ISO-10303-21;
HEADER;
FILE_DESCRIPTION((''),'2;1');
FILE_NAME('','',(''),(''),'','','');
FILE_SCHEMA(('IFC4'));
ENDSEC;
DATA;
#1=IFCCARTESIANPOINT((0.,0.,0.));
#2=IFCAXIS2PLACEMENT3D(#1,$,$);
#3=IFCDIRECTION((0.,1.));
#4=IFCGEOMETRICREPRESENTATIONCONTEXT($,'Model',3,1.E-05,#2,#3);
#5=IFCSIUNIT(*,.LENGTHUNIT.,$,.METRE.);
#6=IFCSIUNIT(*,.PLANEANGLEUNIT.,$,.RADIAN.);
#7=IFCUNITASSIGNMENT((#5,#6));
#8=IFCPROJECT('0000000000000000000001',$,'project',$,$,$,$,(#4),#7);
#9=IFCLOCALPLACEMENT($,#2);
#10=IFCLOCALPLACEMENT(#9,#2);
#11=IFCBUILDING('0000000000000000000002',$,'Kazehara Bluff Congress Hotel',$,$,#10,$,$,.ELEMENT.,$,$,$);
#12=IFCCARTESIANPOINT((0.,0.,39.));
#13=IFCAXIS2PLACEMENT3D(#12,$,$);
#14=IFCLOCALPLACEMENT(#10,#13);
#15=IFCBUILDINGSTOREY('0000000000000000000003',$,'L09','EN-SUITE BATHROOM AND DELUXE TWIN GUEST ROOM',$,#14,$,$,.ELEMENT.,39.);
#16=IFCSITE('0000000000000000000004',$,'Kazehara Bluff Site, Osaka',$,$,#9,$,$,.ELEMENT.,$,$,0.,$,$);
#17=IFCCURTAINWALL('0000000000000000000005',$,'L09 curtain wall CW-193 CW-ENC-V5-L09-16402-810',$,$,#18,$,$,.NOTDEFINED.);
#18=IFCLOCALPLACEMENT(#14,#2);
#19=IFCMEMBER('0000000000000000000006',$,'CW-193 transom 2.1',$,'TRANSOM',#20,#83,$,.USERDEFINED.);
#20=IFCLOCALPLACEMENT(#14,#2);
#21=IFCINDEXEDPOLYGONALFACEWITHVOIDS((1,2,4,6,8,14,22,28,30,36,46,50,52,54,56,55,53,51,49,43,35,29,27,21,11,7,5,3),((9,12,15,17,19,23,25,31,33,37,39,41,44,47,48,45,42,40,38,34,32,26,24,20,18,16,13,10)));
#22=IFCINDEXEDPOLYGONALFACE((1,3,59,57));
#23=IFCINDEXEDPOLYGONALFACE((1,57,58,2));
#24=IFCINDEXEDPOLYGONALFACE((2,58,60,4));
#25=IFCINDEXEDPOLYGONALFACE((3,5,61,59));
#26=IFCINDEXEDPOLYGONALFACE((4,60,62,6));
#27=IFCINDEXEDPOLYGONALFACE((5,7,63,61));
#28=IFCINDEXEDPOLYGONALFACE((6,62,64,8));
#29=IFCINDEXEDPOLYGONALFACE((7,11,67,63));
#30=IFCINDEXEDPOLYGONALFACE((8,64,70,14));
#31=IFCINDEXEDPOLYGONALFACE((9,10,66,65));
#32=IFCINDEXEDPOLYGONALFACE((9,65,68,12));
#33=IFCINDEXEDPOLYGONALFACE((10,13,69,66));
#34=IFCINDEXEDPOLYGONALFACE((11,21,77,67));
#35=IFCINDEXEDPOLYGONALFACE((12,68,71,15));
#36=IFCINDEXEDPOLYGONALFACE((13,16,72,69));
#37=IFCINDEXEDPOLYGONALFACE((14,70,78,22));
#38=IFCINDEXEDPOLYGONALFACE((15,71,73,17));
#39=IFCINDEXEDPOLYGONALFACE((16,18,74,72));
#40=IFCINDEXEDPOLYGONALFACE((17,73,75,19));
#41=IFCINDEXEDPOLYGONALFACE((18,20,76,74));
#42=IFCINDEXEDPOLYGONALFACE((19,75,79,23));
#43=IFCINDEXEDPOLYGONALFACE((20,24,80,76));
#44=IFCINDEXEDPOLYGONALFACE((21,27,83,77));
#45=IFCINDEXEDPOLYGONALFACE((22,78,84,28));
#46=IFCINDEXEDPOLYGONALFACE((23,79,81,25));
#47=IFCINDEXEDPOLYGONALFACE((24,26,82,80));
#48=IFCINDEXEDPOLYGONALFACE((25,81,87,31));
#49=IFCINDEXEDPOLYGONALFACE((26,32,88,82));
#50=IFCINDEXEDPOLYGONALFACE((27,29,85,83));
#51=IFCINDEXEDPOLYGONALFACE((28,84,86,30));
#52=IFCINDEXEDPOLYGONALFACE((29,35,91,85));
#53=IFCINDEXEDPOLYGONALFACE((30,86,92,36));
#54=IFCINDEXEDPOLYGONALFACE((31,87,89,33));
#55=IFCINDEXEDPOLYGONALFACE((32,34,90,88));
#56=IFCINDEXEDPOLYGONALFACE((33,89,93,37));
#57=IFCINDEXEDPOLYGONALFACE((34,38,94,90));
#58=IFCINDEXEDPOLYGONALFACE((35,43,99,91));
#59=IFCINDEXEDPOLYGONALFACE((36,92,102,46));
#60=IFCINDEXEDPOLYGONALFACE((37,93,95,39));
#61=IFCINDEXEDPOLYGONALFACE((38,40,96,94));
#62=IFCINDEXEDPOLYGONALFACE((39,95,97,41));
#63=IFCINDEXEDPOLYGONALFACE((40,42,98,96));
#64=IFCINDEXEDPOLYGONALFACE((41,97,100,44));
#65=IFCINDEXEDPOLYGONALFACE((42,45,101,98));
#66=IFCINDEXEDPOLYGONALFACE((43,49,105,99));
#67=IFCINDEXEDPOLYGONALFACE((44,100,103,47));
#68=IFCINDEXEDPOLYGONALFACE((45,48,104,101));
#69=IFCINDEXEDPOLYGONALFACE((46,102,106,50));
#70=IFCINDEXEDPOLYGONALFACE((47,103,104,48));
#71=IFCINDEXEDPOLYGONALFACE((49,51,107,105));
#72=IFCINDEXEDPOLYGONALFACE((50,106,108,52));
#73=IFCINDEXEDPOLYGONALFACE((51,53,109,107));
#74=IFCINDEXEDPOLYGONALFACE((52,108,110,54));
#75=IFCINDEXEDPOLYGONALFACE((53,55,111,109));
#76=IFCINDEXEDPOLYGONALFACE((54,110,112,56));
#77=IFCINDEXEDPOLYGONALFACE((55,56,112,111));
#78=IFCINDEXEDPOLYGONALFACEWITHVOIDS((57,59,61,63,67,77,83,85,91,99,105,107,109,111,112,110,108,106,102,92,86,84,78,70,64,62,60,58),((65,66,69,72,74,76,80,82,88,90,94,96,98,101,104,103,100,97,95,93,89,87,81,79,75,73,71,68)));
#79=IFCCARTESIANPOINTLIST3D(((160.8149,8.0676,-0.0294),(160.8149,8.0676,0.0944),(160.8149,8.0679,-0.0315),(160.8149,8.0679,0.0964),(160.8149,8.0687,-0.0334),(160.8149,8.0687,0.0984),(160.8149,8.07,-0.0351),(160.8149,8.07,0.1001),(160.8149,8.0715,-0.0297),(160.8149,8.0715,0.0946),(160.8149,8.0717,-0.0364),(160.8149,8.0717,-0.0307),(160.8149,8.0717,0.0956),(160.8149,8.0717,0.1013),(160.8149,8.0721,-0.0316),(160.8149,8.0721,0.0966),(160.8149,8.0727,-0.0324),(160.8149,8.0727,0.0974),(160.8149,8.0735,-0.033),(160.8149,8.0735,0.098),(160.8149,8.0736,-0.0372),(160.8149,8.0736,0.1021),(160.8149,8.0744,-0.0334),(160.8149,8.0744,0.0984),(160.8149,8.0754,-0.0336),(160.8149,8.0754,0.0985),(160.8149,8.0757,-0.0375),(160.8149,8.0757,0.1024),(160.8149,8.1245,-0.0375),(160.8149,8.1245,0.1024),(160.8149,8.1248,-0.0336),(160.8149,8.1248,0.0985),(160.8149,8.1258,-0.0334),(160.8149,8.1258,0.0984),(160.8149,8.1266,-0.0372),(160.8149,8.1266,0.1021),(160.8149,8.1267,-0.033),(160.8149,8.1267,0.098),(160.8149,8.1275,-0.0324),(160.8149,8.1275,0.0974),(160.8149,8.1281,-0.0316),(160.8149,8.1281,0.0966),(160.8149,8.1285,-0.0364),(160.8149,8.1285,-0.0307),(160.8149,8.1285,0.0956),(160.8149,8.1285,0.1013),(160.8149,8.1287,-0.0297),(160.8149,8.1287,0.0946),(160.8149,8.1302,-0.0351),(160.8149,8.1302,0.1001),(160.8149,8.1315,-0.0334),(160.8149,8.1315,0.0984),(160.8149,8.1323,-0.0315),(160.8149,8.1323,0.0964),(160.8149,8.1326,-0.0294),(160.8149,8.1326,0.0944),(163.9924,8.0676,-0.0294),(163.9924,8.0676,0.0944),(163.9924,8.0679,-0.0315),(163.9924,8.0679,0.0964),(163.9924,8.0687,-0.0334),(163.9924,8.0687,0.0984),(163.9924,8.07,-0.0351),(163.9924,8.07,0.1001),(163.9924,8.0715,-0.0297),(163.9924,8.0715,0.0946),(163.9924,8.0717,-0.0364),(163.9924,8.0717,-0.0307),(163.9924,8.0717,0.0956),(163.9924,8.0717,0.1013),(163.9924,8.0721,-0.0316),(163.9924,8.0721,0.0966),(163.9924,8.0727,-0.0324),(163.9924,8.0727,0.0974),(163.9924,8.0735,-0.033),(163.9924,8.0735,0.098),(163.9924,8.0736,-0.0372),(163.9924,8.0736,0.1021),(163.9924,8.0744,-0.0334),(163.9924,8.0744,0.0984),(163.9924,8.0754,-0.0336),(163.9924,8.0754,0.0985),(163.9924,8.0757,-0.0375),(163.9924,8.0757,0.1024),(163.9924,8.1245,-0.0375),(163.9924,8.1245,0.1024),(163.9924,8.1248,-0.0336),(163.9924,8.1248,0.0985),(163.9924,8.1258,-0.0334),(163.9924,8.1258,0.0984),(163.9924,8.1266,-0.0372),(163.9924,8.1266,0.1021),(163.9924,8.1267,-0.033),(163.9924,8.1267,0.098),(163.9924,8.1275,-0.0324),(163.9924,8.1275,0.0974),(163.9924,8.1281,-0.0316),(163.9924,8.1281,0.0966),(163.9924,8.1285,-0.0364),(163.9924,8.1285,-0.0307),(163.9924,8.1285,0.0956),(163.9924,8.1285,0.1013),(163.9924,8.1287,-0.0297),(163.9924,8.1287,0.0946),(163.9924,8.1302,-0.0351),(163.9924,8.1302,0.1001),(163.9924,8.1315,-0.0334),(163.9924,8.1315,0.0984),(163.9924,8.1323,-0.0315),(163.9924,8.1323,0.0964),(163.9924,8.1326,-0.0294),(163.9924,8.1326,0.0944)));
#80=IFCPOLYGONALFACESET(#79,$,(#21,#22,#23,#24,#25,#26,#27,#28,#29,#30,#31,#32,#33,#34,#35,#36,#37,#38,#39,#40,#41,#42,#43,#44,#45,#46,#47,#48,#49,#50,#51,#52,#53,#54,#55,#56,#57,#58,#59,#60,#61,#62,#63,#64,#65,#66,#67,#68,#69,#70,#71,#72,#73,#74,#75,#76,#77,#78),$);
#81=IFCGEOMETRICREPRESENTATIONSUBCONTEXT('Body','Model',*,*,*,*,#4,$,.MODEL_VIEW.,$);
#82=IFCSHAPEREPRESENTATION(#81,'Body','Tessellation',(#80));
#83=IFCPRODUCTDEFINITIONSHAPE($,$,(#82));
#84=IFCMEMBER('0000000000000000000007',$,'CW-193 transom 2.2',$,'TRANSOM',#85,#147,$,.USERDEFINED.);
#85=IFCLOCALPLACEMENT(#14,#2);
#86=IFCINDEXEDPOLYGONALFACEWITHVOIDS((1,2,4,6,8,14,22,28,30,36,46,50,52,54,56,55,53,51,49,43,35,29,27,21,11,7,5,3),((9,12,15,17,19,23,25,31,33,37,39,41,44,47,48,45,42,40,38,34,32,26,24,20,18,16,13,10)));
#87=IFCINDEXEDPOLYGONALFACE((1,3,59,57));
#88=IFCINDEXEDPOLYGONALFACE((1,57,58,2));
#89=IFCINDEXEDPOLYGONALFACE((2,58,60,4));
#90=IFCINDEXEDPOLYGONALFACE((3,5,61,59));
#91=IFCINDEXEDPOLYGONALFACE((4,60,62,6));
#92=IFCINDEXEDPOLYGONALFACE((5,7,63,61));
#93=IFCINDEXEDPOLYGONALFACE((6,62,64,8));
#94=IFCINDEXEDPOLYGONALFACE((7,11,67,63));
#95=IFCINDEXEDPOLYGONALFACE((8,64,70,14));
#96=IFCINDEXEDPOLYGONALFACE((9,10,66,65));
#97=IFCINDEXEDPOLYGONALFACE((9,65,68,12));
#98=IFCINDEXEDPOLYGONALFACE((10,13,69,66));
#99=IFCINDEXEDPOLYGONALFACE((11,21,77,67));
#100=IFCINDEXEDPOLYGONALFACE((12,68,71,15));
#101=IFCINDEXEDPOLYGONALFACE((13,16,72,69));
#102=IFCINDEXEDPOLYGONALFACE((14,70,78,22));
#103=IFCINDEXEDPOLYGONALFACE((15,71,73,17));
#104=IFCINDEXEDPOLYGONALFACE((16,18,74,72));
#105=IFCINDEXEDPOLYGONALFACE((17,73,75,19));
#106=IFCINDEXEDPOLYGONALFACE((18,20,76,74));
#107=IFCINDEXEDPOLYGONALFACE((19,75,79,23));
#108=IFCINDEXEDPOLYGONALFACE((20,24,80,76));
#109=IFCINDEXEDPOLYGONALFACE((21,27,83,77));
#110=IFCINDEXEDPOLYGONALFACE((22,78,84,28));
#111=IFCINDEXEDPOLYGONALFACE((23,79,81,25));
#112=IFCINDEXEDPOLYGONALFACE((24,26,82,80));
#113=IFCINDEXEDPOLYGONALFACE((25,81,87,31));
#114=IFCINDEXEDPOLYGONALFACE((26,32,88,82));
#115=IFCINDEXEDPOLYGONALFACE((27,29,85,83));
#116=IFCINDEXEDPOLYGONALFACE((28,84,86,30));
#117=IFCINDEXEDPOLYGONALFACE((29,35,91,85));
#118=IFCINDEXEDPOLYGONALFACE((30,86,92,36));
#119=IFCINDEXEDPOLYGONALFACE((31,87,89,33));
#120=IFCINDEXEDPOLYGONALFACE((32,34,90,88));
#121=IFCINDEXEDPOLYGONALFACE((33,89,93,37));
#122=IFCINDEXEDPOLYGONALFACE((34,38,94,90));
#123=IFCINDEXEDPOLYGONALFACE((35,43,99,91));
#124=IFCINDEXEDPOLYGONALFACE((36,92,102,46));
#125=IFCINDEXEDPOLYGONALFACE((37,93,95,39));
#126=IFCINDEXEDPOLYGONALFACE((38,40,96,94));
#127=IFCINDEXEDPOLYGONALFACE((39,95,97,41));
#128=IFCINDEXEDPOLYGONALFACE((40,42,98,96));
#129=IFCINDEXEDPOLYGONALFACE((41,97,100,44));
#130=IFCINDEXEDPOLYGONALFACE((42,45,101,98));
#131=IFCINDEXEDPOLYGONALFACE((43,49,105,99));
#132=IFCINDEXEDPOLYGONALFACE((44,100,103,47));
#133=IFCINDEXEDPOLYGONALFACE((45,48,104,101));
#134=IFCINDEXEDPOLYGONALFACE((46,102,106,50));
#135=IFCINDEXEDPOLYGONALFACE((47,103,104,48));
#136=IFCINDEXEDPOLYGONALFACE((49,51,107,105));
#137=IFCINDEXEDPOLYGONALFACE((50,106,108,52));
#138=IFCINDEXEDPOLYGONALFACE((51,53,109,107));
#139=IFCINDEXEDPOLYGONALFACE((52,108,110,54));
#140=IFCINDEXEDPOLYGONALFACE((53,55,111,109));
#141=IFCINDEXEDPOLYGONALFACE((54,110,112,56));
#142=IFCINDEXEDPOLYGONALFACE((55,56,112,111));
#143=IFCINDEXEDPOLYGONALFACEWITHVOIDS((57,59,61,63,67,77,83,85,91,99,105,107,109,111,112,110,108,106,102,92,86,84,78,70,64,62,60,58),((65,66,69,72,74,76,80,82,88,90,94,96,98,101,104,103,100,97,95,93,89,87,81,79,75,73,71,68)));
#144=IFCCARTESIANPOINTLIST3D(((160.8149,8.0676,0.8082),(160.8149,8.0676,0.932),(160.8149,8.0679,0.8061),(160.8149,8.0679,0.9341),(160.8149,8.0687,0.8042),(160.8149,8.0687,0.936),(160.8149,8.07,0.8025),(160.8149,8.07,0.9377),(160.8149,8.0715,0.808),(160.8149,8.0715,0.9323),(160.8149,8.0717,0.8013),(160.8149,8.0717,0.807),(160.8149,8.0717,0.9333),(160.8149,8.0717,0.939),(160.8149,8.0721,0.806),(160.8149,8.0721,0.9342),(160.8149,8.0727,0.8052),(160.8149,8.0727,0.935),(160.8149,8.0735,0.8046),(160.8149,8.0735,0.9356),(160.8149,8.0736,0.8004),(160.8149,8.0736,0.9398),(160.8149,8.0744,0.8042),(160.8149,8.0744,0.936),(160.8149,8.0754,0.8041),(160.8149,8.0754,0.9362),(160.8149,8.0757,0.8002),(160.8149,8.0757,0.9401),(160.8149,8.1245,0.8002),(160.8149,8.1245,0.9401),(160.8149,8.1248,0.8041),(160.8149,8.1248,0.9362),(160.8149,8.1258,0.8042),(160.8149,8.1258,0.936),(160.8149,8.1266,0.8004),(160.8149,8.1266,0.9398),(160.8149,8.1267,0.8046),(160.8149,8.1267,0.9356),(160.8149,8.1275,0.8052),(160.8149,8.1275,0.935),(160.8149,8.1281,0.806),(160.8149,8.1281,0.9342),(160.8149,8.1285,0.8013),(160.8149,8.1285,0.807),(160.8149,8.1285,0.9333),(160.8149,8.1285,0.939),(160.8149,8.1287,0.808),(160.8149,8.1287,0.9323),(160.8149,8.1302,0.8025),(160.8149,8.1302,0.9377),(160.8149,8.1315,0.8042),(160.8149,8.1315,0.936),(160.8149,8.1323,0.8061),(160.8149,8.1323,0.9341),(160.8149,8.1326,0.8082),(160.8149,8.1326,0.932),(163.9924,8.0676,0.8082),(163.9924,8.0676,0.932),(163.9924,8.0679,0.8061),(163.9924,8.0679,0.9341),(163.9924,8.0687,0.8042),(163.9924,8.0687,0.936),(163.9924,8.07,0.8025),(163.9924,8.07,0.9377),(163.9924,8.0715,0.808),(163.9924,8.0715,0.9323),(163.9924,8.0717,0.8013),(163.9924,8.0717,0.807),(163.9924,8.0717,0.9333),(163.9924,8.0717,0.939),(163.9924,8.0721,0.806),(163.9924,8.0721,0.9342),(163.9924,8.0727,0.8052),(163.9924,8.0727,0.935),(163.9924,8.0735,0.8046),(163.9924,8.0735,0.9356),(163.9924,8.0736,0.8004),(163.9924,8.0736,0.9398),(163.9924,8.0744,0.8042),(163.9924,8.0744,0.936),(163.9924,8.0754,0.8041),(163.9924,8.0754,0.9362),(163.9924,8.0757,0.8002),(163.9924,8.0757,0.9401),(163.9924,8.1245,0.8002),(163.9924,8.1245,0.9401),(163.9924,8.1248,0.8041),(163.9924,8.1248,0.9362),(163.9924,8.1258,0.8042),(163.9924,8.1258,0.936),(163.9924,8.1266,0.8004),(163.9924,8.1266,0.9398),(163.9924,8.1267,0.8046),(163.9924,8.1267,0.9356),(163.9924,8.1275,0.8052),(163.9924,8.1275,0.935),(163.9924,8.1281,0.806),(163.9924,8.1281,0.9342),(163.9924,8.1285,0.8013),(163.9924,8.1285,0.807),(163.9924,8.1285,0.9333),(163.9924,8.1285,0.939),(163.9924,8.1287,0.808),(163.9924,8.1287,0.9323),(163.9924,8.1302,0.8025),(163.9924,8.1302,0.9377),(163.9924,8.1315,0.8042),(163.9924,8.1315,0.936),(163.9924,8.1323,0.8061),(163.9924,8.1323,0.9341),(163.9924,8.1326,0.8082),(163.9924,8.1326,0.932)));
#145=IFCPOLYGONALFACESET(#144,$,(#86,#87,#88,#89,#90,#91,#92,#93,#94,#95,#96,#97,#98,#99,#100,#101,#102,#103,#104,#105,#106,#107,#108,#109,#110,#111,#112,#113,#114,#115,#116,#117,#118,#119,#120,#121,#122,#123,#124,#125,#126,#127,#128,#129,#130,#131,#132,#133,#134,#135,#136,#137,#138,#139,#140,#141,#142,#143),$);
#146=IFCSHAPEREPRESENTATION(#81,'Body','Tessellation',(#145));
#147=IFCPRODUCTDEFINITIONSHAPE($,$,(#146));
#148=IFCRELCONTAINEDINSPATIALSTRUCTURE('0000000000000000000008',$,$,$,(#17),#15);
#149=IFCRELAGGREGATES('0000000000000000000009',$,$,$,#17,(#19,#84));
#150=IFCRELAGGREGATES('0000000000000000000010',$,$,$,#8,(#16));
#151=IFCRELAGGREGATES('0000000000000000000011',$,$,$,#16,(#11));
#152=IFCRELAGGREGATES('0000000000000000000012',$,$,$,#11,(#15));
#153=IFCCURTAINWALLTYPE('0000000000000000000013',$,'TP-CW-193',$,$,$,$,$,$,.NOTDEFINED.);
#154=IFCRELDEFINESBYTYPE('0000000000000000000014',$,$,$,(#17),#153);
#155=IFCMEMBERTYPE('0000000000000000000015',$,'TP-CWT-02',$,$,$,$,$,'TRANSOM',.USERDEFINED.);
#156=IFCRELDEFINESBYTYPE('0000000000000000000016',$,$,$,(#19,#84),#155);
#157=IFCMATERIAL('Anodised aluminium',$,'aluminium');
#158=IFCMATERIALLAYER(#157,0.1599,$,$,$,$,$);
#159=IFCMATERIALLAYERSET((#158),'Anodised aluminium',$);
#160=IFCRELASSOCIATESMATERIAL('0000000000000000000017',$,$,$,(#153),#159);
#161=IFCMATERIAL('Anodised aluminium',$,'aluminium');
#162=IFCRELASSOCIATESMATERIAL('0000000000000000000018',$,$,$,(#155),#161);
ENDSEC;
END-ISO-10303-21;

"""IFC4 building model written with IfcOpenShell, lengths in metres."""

from ifc_helpers import new_model, si_unit, direction, frame, origin, origin_2d, place, context, subcontext, project, spatial, hollow_rectangle, extrude, material, layer, layer_set, material_profile, profile_set, type_object, element, aggregate, save


model = new_model("IFC4")

# Units and contexts
model_context = context("Model", 3, precision=1e-05, world=origin(), true_north=direction((0.0, 1.0)))
body_context = subcontext(model_context, "Body", "Model", "MODEL_VIEW")
ifc_project = project(units=[si_unit("LENGTHUNIT", "METRE"), si_unit("PLANEANGLEUNIT", "RADIAN")], contexts=[model_context])

# Site, building, storey
site_placement = place(None, origin())
site = spatial("IfcSite", under=ifc_project, at=site_placement, Name="Kazehara Bluff Site, Osaka", CompositionType="ELEMENT", RefElevation=0.0)
building_placement = place(site_placement, origin())
building = spatial("IfcBuilding", under=site, at=building_placement, Name="Kazehara Bluff Congress Hotel", CompositionType="ELEMENT")
storey_placement = place(building_placement, frame((0.0, 0.0, 39.0)))
storey = spatial("IfcBuildingStorey", under=building, at=storey_placement, Name="L09", Description="EN-SUITE BATHROOM AND DELUXE TWIN GUEST ROOM", CompositionType="ELEMENT", Elevation=39.0)

# Curtain wall, members
ifc_material_1 = material(Name="Anodised aluminium", Category="aluminium")
ifc_layer_1 = layer(ifc_material_1, 0.1599)
ifc_layer_set_1 = layer_set([ifc_layer_1], Name="Anodised aluminium")
curtain_wall_type = type_object("IfcCurtainWallType", Name="TP-CW-193", PredefinedType="NOTDEFINED", material=ifc_layer_set_1)
curtain_wall_placement = place(storey_placement, origin())
curtain_wall = element("IfcCurtainWall", 1, at=curtain_wall_placement, inside=storey, type_object=curtain_wall_type, Name="L09 curtain wall CW-193 CW-ENC-V5-L09-16402-810", PredefinedType="NOTDEFINED")
ifc_material_2 = material(Name="Anodised aluminium", Category="aluminium")
ifc_material_profile_1 = material_profile(ifc_material_2, hollow_rectangle(XDim=0.0649, YDim=0.1399, WallThickness=0.0039, InnerFilletRadius=0.0039, OuterFilletRadius=0.0081, at=origin_2d()))
ifc_profile_set_1 = profile_set([ifc_material_profile_1], Name="Anodised aluminium")
member_type_1 = type_object("IfcMemberType", Name="TP-CWT-02", ElementType="TRANSOM", PredefinedType="USERDEFINED", material=ifc_profile_set_1)
member_1_placement = place(storey_placement, frame((163.9924, 8.1001, 0.0325), z_axis=(-1.0, 0.0, 0.0), x_axis=(0.0, -1.0, 0.0)))
member_1 = element("IfcMember", 2, at=member_1_placement, type_object=member_type_1, Name="CW-193 transom 2.1", ObjectType="TRANSOM", PredefinedType="USERDEFINED", context=body_context, shape_type="SweptSolid", body=[
    extrude(hollow_rectangle(XDim=0.0649, YDim=0.1399, WallThickness=0.0039, InnerFilletRadius=0.0039, OuterFilletRadius=0.0081, at=origin_2d()), origin(), (0.0, 0.0, 1.0), 3.1775),
])
member_2_placement = place(storey_placement, frame((163.9924, 8.1001, 0.8701), z_axis=(-1.0, 0.0, 0.0), x_axis=(0.0, -1.0, 0.0)))
member_2 = element("IfcMember", 3, at=member_2_placement, type_object=member_type_1, Name="CW-193 transom 2.2", ObjectType="TRANSOM", PredefinedType="USERDEFINED", context=body_context, shape_type="SweptSolid", body=[
    extrude(hollow_rectangle(XDim=0.0649, YDim=0.1399, WallThickness=0.0039, InnerFilletRadius=0.0039, OuterFilletRadius=0.0081, at=origin_2d()), origin(), (0.0, 0.0, 1.0), 3.1775),
])

aggregate(curtain_wall, [member_1, member_2])

save(model, "model.ifc")
